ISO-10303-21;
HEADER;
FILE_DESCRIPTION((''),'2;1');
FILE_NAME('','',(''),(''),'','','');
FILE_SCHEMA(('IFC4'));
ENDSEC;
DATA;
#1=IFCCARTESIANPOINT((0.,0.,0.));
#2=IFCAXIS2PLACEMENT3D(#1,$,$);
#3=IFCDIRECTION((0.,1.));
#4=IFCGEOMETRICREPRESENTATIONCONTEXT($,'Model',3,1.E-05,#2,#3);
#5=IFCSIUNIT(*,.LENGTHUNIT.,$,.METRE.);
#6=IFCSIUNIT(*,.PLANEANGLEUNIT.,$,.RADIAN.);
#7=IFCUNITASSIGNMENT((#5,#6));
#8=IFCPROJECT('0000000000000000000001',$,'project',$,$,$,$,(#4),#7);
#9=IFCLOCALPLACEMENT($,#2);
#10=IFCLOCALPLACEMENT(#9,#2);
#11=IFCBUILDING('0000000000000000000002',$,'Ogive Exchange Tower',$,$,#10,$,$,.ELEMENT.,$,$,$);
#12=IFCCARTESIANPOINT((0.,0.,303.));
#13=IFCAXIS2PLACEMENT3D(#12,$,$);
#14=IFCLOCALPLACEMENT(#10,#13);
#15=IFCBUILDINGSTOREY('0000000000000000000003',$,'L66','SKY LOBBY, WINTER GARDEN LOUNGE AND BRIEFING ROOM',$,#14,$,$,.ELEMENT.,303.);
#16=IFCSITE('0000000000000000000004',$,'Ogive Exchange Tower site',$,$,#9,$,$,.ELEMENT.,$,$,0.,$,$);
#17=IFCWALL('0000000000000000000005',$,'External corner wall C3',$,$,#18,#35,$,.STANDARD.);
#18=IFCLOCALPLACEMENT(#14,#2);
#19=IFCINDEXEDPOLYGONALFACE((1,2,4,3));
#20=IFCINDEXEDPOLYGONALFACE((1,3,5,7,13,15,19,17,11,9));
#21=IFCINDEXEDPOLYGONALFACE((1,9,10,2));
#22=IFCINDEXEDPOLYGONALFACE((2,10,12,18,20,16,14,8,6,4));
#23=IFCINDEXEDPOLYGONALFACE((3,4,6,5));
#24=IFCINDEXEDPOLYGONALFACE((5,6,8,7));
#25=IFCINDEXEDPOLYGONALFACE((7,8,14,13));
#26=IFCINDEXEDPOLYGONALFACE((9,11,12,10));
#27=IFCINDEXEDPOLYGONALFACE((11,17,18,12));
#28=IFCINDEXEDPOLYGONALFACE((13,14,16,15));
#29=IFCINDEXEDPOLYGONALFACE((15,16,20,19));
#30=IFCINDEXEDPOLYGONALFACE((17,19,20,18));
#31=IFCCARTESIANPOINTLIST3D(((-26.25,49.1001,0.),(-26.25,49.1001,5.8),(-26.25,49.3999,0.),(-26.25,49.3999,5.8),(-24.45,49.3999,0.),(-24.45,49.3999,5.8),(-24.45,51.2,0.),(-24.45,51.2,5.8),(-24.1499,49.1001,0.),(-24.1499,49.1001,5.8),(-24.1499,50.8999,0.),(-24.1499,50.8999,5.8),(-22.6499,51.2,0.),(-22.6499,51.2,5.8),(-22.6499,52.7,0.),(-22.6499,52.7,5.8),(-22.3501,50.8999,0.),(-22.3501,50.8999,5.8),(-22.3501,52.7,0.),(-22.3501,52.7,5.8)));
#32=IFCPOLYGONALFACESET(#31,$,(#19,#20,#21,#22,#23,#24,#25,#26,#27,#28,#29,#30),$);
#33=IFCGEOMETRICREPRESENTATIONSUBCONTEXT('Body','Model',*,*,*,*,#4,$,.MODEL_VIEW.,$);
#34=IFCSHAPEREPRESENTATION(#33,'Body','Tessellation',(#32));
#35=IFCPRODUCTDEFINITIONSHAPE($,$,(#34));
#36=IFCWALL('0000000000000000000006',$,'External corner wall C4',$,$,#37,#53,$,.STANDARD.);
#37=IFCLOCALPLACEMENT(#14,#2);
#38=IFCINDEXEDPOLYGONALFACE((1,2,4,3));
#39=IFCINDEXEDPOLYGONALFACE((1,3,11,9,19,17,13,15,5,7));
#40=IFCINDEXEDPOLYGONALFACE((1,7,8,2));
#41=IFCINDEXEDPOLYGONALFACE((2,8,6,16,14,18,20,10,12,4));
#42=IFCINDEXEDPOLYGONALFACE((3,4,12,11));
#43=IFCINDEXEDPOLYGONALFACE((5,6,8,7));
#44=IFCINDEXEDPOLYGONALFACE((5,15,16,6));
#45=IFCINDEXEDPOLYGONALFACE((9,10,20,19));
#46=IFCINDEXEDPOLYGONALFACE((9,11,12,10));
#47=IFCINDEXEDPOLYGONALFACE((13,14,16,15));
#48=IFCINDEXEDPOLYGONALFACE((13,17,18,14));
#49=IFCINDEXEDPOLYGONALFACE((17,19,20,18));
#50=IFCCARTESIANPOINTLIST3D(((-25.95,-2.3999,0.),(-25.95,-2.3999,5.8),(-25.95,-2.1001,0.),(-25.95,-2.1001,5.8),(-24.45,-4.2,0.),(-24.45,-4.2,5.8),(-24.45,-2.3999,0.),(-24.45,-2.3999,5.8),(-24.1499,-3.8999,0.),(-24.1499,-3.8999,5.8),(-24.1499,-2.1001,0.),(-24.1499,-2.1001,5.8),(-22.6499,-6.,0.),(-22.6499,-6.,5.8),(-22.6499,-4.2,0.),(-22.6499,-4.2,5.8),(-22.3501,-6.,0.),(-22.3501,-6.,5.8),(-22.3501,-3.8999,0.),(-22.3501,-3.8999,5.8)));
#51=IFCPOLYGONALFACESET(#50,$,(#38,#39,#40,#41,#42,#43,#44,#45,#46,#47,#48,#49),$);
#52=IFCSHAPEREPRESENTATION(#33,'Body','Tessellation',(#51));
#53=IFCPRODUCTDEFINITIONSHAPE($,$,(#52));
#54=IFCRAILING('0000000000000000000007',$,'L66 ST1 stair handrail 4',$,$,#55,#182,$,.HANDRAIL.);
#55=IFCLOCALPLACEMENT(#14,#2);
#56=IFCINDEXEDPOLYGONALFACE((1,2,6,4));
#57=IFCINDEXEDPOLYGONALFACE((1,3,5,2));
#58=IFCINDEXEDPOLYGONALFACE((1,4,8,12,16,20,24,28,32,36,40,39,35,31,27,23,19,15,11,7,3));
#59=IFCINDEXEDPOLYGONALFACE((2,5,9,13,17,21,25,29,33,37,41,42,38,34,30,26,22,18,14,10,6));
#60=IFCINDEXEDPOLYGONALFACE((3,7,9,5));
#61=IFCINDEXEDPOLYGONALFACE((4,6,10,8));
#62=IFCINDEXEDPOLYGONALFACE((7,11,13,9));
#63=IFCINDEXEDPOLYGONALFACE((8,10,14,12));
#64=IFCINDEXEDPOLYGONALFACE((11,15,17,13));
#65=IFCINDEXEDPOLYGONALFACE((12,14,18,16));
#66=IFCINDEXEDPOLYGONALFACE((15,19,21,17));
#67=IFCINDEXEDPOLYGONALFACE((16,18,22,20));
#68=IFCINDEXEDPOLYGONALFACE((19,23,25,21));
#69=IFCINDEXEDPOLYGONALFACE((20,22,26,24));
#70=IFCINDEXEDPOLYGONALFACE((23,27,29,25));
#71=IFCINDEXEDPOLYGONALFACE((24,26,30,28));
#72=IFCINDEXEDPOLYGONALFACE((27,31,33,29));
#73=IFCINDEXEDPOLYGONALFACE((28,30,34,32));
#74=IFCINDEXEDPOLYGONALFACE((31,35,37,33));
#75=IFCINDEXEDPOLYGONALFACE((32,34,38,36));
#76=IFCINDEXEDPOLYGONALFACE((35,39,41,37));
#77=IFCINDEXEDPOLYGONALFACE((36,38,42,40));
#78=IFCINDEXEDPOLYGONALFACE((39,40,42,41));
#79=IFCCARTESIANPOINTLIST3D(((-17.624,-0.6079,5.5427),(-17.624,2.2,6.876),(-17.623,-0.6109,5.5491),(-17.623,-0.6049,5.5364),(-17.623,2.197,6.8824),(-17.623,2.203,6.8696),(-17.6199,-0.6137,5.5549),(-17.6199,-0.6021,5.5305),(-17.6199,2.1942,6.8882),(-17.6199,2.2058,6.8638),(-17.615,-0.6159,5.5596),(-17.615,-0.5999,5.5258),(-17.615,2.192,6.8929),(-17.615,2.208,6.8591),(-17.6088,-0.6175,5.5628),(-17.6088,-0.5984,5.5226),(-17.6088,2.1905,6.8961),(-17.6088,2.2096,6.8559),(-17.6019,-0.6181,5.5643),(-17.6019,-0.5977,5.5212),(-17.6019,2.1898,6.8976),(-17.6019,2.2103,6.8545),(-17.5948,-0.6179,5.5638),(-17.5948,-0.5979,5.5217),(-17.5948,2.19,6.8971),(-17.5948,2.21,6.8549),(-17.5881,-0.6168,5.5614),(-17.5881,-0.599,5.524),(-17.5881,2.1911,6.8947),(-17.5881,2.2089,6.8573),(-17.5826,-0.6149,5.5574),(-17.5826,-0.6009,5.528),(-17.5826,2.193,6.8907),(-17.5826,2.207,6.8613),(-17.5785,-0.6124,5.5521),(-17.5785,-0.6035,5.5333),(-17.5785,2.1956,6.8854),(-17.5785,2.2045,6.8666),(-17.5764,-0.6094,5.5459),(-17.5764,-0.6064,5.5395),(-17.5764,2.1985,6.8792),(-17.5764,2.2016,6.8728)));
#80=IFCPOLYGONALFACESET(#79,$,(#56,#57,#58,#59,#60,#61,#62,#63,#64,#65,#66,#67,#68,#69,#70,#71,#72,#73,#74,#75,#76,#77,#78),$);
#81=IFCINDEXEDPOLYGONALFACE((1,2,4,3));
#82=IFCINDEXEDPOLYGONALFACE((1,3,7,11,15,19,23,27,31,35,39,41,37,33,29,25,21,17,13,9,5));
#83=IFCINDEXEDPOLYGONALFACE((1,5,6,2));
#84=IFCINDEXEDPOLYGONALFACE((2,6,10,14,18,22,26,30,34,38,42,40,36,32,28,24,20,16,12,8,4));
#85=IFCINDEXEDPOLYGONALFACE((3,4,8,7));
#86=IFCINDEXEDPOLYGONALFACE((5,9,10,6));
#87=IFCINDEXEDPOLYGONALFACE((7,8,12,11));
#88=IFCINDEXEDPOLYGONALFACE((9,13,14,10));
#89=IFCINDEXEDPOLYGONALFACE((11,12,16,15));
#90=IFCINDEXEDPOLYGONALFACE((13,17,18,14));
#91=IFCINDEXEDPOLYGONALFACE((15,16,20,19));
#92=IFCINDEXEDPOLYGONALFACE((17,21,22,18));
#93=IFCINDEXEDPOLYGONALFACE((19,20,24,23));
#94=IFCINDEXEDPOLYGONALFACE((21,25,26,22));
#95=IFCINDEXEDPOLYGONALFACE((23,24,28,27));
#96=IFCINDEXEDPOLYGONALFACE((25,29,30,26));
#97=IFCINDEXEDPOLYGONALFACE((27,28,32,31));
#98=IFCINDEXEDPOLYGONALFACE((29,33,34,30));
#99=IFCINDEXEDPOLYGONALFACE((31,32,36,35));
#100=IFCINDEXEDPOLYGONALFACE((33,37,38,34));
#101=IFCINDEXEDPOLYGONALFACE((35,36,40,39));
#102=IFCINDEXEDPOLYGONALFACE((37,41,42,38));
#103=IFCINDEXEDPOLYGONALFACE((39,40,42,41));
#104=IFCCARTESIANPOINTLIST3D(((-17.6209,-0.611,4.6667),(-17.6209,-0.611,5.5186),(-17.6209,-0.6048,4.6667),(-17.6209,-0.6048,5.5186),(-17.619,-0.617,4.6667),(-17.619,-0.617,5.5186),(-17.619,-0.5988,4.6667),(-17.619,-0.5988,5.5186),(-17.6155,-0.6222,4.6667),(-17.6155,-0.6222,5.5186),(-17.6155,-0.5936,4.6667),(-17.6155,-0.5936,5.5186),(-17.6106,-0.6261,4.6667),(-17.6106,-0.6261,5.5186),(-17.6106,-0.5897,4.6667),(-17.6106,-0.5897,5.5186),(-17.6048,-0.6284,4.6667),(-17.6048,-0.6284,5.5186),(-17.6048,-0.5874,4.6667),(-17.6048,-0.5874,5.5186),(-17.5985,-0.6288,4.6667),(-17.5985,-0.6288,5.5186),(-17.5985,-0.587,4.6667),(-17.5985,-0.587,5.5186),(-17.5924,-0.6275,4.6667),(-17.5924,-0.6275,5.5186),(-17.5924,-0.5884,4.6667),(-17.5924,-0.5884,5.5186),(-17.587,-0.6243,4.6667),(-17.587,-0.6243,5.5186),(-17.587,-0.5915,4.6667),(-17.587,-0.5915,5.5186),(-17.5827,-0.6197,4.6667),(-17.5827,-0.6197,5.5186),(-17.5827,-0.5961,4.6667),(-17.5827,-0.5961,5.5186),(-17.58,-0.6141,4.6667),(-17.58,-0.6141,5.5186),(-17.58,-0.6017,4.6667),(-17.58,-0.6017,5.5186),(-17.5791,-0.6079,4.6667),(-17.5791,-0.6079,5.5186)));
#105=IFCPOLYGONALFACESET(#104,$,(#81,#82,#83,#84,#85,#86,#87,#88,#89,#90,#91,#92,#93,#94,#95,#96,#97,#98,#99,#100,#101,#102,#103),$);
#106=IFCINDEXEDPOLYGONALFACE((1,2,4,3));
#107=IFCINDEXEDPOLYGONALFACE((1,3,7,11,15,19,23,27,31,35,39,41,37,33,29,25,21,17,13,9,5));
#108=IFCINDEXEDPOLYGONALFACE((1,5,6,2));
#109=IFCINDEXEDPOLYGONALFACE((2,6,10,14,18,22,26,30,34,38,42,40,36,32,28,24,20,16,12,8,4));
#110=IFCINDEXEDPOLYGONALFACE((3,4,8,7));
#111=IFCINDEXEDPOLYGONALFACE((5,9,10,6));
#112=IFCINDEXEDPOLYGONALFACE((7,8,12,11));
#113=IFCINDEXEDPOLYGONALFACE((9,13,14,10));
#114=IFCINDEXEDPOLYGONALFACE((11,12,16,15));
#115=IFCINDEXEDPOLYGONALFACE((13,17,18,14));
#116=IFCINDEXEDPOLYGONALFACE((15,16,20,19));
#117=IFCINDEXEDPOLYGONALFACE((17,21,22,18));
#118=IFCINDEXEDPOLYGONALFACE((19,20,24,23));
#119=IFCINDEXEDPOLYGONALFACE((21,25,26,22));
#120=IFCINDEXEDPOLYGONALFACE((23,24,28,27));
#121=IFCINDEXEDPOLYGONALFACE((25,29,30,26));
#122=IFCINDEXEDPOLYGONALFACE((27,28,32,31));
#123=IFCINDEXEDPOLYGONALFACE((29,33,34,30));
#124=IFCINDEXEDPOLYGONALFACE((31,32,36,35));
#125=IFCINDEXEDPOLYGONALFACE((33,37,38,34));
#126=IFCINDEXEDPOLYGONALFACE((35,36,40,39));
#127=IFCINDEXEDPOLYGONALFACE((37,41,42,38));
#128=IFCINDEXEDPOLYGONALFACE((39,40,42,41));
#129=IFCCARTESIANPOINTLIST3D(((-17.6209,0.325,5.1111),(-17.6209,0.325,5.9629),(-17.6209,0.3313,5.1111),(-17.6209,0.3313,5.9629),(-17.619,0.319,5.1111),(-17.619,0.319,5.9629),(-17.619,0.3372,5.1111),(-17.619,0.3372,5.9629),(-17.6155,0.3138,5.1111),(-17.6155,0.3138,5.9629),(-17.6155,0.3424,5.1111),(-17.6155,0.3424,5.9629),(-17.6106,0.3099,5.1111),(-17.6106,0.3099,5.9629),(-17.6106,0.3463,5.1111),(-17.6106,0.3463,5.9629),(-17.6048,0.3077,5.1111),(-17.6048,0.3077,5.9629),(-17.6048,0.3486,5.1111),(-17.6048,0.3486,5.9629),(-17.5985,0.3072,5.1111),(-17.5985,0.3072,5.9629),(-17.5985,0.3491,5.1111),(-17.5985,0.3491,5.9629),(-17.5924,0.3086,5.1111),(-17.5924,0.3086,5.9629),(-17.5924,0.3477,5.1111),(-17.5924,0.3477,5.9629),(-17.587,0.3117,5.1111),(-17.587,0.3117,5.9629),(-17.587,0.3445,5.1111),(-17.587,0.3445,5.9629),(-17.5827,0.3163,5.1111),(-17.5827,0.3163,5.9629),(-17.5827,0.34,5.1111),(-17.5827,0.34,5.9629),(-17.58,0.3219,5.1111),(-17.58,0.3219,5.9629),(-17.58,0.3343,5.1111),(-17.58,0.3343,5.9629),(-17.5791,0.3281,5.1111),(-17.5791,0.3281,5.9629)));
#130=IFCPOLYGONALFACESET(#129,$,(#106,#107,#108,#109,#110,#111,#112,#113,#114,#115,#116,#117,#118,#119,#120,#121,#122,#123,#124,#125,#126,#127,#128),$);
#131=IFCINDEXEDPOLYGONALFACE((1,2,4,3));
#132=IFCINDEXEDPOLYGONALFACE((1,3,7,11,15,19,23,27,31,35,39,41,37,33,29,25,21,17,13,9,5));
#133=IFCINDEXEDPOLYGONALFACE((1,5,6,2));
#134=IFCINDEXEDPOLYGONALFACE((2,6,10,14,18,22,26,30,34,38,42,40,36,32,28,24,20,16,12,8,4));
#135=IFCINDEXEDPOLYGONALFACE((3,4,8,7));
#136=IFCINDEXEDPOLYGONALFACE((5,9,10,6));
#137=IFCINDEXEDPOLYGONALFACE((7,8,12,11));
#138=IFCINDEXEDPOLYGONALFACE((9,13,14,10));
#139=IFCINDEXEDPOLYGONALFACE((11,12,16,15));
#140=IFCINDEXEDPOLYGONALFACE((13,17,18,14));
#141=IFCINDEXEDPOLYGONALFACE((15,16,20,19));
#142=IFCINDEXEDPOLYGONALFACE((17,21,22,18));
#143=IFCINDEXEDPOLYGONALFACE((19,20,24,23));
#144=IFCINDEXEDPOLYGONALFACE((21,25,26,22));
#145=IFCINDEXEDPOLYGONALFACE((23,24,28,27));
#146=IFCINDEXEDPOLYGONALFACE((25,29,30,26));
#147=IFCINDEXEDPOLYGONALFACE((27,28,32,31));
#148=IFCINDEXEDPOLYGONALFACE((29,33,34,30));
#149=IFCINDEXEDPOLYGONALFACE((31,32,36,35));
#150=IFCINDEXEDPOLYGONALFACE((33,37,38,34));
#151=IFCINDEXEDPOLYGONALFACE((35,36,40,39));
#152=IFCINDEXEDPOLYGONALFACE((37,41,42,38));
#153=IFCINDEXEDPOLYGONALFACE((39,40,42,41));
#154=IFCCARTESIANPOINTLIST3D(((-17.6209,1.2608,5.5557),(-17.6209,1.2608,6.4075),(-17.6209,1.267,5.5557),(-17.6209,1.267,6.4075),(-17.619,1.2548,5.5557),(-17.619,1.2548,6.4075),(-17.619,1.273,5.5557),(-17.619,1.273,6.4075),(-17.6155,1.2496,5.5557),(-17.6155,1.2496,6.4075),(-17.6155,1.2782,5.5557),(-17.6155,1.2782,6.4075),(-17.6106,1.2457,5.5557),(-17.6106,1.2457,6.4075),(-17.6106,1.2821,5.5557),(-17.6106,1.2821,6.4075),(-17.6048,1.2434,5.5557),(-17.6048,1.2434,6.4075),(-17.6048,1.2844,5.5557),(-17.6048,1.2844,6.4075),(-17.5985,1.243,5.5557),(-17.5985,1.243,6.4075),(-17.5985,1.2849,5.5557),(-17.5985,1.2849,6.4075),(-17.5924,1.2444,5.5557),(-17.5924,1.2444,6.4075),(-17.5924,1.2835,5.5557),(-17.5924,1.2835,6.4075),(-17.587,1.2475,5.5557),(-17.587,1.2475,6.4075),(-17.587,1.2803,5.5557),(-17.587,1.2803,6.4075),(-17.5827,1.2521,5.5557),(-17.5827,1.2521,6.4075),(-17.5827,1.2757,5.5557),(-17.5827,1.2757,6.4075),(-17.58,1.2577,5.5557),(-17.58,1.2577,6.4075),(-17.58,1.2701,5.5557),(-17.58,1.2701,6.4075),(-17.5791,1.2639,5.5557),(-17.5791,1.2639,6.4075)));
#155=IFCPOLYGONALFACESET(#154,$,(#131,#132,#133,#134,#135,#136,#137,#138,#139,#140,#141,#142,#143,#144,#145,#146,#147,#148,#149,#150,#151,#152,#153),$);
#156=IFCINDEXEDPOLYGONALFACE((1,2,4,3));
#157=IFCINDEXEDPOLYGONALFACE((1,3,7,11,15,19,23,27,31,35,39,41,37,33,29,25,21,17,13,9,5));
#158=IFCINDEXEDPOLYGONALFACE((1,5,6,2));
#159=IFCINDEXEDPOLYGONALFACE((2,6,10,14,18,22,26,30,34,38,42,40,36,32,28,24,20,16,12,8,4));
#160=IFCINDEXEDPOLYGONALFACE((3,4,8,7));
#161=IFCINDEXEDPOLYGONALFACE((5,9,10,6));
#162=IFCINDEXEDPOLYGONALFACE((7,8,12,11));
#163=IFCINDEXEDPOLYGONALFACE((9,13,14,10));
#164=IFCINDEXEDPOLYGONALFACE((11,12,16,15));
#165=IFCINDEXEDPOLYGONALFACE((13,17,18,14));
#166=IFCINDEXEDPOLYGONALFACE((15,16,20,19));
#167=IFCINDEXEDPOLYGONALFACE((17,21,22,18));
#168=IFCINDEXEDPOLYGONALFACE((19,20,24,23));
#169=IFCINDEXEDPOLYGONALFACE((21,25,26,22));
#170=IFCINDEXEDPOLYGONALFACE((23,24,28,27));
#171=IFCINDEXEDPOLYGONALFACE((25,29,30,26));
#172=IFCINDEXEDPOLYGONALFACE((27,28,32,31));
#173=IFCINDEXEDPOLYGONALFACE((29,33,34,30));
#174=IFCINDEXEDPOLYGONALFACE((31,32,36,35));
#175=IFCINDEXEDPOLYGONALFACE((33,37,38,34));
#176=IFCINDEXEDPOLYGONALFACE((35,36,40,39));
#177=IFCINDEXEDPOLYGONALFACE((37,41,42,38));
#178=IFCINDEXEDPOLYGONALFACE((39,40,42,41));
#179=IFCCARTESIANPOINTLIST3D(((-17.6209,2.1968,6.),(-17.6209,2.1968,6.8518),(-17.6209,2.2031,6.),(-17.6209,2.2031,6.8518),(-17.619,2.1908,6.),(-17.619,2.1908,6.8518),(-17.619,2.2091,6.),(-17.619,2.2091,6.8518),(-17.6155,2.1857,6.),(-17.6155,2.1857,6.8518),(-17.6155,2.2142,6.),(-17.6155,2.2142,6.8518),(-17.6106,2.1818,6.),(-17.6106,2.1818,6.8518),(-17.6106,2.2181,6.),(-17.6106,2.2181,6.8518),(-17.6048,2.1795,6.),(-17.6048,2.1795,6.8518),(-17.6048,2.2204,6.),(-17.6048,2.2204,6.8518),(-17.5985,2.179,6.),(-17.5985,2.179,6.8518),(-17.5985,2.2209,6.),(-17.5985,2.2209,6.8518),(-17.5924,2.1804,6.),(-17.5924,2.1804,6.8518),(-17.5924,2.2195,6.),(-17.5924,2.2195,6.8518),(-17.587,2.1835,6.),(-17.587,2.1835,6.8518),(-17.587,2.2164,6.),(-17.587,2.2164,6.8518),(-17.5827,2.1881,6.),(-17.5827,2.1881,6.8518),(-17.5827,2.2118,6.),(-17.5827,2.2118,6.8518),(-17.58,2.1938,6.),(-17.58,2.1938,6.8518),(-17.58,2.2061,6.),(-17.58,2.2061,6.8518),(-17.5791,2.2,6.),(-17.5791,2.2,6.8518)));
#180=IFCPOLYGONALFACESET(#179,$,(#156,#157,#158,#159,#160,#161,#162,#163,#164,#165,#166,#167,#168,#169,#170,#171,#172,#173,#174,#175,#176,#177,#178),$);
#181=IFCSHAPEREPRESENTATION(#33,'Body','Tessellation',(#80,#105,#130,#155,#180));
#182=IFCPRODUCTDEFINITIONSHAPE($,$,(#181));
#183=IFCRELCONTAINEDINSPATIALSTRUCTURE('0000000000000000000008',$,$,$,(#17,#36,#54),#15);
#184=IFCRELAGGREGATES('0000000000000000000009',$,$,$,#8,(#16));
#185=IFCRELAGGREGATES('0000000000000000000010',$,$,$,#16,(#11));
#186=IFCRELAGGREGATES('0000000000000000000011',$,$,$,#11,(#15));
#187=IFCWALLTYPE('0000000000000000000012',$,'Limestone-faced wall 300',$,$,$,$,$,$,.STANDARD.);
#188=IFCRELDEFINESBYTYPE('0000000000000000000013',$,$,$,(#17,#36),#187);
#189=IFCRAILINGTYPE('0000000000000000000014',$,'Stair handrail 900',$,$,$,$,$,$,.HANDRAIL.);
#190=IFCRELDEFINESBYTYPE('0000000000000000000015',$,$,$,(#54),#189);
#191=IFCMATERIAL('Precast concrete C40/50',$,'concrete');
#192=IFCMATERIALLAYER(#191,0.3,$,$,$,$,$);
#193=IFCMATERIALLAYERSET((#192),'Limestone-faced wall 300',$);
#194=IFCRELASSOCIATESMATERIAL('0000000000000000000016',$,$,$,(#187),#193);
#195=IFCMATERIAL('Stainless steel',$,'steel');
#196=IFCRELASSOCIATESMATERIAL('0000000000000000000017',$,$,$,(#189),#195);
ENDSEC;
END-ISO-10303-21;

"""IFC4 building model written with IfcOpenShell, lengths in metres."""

from ifc_helpers import new_model, si_unit, direction, frame, origin, origin_2d, place, context, subcontext, project, spatial, polyline, circle, outline, extrude, material, layer, layer_set, type_object, element, save


model = new_model("IFC4")

# Units and contexts
model_context = context("Model", 3, precision=1e-05, world=origin(), true_north=direction((0.0, 1.0)))
body_context = subcontext(model_context, "Body", "Model", "MODEL_VIEW")
ifc_project = project(units=[si_unit("LENGTHUNIT", "METRE"), si_unit("PLANEANGLEUNIT", "RADIAN")], contexts=[model_context])

# Site, building, storey
site_placement = place(None, origin())
site = spatial("IfcSite", under=ifc_project, at=site_placement, Name="Ogive Exchange Tower site", CompositionType="ELEMENT", RefElevation=0.0)
building_placement = place(site_placement, origin())
building = spatial("IfcBuilding", under=site, at=building_placement, Name="Ogive Exchange Tower", CompositionType="ELEMENT")
storey_placement = place(building_placement, frame((0.0, 0.0, 303.0)))
storey = spatial("IfcBuildingStorey", under=building, at=storey_placement, Name="L66", Description="SKY LOBBY, WINTER GARDEN LOUNGE AND BRIEFING ROOM", CompositionType="ELEMENT", Elevation=303.0)

# Walls
ifc_material_1 = material(Name="Precast concrete C40/50", Category="concrete")
ifc_layer_1 = layer(ifc_material_1, 0.3)
ifc_layer_set_1 = layer_set([ifc_layer_1], Name="Limestone-faced wall 300")
wall_type_1 = type_object("IfcWallType", Name="Limestone-faced wall 300", PredefinedType="STANDARD", material=ifc_layer_set_1)
wall_1_placement = place(storey_placement, origin())
element("IfcWall", 1, at=wall_1_placement, inside=storey, type_object=wall_type_1, Name="External corner wall C3", PredefinedType="STANDARD", context=body_context, shape_type="SweptSolid", body=[
    extrude(outline(polyline([(-24.45, 49.3999), (-24.45, 51.2), (-22.6499, 51.2), (-22.6499, 52.7), (-22.3501, 52.7), (-22.3501, 50.8999), (-24.1499, 50.8999), (-24.1499, 49.1001), (-26.25, 49.1001), (-26.25, 49.3999), (-24.45, 49.3999)])), origin(), (0.0, 0.0, 1.0), 5.8),
])
wall_2_placement = place(storey_placement, origin())
element("IfcWall", 2, at=wall_2_placement, inside=storey, type_object=wall_type_1, Name="External corner wall C4", PredefinedType="STANDARD", context=body_context, shape_type="SweptSolid", body=[
    extrude(outline(polyline([(-22.6499, -4.2), (-24.45, -4.2), (-24.45, -2.3999), (-25.95, -2.3999), (-25.95, -2.1001), (-24.1499, -2.1001), (-24.1499, -3.8999), (-22.3501, -3.8999), (-22.3501, -6.0), (-22.6499, -6.0), (-22.6499, -4.2)])), origin(), (0.0, 0.0, 1.0), 5.8),
])

# Railing
ifc_material_2 = material(Name="Stainless steel", Category="steel")
railing_type = type_object("IfcRailingType", Name="Stair handrail 900", PredefinedType="HANDRAIL", material=ifc_material_2)
railing_placement = place(storey_placement, frame((-17.6001, -0.6079, 4.6667)))
element("IfcRailing", 3, at=railing_placement, inside=storey, type_object=railing_type, Name="L66 ST1 stair handrail 4", PredefinedType="HANDRAIL", context=body_context, shape_type="SweptSolid", body=[
    extrude(circle(Radius=0.0239, at=origin_2d()), frame((0.0, 0.0, 0.876), z_axis=(0.0, 0.903338, 0.42893), x_axis=(-1.0, 0.0, 0.0)), (0.0, 0.0, 1.0), 3.1084),
    extrude(circle(Radius=0.021, at=origin_2d()), origin(), (0.0, 0.0, 1.0), 0.8518),
    extrude(circle(Radius=0.021, at=origin_2d()), frame((0.0, 0.936, 0.4443)), (0.0, 0.0, 1.0), 0.8518),
    extrude(circle(Radius=0.021, at=origin_2d()), frame((0.0, 1.8718, 0.8889)), (0.0, 0.0, 1.0), 0.8518),
    extrude(circle(Radius=0.021, at=origin_2d()), frame((0.0, 2.8079, 1.3333)), (0.0, 0.0, 1.0), 0.8518),
])

save(model, "model.ifc")
